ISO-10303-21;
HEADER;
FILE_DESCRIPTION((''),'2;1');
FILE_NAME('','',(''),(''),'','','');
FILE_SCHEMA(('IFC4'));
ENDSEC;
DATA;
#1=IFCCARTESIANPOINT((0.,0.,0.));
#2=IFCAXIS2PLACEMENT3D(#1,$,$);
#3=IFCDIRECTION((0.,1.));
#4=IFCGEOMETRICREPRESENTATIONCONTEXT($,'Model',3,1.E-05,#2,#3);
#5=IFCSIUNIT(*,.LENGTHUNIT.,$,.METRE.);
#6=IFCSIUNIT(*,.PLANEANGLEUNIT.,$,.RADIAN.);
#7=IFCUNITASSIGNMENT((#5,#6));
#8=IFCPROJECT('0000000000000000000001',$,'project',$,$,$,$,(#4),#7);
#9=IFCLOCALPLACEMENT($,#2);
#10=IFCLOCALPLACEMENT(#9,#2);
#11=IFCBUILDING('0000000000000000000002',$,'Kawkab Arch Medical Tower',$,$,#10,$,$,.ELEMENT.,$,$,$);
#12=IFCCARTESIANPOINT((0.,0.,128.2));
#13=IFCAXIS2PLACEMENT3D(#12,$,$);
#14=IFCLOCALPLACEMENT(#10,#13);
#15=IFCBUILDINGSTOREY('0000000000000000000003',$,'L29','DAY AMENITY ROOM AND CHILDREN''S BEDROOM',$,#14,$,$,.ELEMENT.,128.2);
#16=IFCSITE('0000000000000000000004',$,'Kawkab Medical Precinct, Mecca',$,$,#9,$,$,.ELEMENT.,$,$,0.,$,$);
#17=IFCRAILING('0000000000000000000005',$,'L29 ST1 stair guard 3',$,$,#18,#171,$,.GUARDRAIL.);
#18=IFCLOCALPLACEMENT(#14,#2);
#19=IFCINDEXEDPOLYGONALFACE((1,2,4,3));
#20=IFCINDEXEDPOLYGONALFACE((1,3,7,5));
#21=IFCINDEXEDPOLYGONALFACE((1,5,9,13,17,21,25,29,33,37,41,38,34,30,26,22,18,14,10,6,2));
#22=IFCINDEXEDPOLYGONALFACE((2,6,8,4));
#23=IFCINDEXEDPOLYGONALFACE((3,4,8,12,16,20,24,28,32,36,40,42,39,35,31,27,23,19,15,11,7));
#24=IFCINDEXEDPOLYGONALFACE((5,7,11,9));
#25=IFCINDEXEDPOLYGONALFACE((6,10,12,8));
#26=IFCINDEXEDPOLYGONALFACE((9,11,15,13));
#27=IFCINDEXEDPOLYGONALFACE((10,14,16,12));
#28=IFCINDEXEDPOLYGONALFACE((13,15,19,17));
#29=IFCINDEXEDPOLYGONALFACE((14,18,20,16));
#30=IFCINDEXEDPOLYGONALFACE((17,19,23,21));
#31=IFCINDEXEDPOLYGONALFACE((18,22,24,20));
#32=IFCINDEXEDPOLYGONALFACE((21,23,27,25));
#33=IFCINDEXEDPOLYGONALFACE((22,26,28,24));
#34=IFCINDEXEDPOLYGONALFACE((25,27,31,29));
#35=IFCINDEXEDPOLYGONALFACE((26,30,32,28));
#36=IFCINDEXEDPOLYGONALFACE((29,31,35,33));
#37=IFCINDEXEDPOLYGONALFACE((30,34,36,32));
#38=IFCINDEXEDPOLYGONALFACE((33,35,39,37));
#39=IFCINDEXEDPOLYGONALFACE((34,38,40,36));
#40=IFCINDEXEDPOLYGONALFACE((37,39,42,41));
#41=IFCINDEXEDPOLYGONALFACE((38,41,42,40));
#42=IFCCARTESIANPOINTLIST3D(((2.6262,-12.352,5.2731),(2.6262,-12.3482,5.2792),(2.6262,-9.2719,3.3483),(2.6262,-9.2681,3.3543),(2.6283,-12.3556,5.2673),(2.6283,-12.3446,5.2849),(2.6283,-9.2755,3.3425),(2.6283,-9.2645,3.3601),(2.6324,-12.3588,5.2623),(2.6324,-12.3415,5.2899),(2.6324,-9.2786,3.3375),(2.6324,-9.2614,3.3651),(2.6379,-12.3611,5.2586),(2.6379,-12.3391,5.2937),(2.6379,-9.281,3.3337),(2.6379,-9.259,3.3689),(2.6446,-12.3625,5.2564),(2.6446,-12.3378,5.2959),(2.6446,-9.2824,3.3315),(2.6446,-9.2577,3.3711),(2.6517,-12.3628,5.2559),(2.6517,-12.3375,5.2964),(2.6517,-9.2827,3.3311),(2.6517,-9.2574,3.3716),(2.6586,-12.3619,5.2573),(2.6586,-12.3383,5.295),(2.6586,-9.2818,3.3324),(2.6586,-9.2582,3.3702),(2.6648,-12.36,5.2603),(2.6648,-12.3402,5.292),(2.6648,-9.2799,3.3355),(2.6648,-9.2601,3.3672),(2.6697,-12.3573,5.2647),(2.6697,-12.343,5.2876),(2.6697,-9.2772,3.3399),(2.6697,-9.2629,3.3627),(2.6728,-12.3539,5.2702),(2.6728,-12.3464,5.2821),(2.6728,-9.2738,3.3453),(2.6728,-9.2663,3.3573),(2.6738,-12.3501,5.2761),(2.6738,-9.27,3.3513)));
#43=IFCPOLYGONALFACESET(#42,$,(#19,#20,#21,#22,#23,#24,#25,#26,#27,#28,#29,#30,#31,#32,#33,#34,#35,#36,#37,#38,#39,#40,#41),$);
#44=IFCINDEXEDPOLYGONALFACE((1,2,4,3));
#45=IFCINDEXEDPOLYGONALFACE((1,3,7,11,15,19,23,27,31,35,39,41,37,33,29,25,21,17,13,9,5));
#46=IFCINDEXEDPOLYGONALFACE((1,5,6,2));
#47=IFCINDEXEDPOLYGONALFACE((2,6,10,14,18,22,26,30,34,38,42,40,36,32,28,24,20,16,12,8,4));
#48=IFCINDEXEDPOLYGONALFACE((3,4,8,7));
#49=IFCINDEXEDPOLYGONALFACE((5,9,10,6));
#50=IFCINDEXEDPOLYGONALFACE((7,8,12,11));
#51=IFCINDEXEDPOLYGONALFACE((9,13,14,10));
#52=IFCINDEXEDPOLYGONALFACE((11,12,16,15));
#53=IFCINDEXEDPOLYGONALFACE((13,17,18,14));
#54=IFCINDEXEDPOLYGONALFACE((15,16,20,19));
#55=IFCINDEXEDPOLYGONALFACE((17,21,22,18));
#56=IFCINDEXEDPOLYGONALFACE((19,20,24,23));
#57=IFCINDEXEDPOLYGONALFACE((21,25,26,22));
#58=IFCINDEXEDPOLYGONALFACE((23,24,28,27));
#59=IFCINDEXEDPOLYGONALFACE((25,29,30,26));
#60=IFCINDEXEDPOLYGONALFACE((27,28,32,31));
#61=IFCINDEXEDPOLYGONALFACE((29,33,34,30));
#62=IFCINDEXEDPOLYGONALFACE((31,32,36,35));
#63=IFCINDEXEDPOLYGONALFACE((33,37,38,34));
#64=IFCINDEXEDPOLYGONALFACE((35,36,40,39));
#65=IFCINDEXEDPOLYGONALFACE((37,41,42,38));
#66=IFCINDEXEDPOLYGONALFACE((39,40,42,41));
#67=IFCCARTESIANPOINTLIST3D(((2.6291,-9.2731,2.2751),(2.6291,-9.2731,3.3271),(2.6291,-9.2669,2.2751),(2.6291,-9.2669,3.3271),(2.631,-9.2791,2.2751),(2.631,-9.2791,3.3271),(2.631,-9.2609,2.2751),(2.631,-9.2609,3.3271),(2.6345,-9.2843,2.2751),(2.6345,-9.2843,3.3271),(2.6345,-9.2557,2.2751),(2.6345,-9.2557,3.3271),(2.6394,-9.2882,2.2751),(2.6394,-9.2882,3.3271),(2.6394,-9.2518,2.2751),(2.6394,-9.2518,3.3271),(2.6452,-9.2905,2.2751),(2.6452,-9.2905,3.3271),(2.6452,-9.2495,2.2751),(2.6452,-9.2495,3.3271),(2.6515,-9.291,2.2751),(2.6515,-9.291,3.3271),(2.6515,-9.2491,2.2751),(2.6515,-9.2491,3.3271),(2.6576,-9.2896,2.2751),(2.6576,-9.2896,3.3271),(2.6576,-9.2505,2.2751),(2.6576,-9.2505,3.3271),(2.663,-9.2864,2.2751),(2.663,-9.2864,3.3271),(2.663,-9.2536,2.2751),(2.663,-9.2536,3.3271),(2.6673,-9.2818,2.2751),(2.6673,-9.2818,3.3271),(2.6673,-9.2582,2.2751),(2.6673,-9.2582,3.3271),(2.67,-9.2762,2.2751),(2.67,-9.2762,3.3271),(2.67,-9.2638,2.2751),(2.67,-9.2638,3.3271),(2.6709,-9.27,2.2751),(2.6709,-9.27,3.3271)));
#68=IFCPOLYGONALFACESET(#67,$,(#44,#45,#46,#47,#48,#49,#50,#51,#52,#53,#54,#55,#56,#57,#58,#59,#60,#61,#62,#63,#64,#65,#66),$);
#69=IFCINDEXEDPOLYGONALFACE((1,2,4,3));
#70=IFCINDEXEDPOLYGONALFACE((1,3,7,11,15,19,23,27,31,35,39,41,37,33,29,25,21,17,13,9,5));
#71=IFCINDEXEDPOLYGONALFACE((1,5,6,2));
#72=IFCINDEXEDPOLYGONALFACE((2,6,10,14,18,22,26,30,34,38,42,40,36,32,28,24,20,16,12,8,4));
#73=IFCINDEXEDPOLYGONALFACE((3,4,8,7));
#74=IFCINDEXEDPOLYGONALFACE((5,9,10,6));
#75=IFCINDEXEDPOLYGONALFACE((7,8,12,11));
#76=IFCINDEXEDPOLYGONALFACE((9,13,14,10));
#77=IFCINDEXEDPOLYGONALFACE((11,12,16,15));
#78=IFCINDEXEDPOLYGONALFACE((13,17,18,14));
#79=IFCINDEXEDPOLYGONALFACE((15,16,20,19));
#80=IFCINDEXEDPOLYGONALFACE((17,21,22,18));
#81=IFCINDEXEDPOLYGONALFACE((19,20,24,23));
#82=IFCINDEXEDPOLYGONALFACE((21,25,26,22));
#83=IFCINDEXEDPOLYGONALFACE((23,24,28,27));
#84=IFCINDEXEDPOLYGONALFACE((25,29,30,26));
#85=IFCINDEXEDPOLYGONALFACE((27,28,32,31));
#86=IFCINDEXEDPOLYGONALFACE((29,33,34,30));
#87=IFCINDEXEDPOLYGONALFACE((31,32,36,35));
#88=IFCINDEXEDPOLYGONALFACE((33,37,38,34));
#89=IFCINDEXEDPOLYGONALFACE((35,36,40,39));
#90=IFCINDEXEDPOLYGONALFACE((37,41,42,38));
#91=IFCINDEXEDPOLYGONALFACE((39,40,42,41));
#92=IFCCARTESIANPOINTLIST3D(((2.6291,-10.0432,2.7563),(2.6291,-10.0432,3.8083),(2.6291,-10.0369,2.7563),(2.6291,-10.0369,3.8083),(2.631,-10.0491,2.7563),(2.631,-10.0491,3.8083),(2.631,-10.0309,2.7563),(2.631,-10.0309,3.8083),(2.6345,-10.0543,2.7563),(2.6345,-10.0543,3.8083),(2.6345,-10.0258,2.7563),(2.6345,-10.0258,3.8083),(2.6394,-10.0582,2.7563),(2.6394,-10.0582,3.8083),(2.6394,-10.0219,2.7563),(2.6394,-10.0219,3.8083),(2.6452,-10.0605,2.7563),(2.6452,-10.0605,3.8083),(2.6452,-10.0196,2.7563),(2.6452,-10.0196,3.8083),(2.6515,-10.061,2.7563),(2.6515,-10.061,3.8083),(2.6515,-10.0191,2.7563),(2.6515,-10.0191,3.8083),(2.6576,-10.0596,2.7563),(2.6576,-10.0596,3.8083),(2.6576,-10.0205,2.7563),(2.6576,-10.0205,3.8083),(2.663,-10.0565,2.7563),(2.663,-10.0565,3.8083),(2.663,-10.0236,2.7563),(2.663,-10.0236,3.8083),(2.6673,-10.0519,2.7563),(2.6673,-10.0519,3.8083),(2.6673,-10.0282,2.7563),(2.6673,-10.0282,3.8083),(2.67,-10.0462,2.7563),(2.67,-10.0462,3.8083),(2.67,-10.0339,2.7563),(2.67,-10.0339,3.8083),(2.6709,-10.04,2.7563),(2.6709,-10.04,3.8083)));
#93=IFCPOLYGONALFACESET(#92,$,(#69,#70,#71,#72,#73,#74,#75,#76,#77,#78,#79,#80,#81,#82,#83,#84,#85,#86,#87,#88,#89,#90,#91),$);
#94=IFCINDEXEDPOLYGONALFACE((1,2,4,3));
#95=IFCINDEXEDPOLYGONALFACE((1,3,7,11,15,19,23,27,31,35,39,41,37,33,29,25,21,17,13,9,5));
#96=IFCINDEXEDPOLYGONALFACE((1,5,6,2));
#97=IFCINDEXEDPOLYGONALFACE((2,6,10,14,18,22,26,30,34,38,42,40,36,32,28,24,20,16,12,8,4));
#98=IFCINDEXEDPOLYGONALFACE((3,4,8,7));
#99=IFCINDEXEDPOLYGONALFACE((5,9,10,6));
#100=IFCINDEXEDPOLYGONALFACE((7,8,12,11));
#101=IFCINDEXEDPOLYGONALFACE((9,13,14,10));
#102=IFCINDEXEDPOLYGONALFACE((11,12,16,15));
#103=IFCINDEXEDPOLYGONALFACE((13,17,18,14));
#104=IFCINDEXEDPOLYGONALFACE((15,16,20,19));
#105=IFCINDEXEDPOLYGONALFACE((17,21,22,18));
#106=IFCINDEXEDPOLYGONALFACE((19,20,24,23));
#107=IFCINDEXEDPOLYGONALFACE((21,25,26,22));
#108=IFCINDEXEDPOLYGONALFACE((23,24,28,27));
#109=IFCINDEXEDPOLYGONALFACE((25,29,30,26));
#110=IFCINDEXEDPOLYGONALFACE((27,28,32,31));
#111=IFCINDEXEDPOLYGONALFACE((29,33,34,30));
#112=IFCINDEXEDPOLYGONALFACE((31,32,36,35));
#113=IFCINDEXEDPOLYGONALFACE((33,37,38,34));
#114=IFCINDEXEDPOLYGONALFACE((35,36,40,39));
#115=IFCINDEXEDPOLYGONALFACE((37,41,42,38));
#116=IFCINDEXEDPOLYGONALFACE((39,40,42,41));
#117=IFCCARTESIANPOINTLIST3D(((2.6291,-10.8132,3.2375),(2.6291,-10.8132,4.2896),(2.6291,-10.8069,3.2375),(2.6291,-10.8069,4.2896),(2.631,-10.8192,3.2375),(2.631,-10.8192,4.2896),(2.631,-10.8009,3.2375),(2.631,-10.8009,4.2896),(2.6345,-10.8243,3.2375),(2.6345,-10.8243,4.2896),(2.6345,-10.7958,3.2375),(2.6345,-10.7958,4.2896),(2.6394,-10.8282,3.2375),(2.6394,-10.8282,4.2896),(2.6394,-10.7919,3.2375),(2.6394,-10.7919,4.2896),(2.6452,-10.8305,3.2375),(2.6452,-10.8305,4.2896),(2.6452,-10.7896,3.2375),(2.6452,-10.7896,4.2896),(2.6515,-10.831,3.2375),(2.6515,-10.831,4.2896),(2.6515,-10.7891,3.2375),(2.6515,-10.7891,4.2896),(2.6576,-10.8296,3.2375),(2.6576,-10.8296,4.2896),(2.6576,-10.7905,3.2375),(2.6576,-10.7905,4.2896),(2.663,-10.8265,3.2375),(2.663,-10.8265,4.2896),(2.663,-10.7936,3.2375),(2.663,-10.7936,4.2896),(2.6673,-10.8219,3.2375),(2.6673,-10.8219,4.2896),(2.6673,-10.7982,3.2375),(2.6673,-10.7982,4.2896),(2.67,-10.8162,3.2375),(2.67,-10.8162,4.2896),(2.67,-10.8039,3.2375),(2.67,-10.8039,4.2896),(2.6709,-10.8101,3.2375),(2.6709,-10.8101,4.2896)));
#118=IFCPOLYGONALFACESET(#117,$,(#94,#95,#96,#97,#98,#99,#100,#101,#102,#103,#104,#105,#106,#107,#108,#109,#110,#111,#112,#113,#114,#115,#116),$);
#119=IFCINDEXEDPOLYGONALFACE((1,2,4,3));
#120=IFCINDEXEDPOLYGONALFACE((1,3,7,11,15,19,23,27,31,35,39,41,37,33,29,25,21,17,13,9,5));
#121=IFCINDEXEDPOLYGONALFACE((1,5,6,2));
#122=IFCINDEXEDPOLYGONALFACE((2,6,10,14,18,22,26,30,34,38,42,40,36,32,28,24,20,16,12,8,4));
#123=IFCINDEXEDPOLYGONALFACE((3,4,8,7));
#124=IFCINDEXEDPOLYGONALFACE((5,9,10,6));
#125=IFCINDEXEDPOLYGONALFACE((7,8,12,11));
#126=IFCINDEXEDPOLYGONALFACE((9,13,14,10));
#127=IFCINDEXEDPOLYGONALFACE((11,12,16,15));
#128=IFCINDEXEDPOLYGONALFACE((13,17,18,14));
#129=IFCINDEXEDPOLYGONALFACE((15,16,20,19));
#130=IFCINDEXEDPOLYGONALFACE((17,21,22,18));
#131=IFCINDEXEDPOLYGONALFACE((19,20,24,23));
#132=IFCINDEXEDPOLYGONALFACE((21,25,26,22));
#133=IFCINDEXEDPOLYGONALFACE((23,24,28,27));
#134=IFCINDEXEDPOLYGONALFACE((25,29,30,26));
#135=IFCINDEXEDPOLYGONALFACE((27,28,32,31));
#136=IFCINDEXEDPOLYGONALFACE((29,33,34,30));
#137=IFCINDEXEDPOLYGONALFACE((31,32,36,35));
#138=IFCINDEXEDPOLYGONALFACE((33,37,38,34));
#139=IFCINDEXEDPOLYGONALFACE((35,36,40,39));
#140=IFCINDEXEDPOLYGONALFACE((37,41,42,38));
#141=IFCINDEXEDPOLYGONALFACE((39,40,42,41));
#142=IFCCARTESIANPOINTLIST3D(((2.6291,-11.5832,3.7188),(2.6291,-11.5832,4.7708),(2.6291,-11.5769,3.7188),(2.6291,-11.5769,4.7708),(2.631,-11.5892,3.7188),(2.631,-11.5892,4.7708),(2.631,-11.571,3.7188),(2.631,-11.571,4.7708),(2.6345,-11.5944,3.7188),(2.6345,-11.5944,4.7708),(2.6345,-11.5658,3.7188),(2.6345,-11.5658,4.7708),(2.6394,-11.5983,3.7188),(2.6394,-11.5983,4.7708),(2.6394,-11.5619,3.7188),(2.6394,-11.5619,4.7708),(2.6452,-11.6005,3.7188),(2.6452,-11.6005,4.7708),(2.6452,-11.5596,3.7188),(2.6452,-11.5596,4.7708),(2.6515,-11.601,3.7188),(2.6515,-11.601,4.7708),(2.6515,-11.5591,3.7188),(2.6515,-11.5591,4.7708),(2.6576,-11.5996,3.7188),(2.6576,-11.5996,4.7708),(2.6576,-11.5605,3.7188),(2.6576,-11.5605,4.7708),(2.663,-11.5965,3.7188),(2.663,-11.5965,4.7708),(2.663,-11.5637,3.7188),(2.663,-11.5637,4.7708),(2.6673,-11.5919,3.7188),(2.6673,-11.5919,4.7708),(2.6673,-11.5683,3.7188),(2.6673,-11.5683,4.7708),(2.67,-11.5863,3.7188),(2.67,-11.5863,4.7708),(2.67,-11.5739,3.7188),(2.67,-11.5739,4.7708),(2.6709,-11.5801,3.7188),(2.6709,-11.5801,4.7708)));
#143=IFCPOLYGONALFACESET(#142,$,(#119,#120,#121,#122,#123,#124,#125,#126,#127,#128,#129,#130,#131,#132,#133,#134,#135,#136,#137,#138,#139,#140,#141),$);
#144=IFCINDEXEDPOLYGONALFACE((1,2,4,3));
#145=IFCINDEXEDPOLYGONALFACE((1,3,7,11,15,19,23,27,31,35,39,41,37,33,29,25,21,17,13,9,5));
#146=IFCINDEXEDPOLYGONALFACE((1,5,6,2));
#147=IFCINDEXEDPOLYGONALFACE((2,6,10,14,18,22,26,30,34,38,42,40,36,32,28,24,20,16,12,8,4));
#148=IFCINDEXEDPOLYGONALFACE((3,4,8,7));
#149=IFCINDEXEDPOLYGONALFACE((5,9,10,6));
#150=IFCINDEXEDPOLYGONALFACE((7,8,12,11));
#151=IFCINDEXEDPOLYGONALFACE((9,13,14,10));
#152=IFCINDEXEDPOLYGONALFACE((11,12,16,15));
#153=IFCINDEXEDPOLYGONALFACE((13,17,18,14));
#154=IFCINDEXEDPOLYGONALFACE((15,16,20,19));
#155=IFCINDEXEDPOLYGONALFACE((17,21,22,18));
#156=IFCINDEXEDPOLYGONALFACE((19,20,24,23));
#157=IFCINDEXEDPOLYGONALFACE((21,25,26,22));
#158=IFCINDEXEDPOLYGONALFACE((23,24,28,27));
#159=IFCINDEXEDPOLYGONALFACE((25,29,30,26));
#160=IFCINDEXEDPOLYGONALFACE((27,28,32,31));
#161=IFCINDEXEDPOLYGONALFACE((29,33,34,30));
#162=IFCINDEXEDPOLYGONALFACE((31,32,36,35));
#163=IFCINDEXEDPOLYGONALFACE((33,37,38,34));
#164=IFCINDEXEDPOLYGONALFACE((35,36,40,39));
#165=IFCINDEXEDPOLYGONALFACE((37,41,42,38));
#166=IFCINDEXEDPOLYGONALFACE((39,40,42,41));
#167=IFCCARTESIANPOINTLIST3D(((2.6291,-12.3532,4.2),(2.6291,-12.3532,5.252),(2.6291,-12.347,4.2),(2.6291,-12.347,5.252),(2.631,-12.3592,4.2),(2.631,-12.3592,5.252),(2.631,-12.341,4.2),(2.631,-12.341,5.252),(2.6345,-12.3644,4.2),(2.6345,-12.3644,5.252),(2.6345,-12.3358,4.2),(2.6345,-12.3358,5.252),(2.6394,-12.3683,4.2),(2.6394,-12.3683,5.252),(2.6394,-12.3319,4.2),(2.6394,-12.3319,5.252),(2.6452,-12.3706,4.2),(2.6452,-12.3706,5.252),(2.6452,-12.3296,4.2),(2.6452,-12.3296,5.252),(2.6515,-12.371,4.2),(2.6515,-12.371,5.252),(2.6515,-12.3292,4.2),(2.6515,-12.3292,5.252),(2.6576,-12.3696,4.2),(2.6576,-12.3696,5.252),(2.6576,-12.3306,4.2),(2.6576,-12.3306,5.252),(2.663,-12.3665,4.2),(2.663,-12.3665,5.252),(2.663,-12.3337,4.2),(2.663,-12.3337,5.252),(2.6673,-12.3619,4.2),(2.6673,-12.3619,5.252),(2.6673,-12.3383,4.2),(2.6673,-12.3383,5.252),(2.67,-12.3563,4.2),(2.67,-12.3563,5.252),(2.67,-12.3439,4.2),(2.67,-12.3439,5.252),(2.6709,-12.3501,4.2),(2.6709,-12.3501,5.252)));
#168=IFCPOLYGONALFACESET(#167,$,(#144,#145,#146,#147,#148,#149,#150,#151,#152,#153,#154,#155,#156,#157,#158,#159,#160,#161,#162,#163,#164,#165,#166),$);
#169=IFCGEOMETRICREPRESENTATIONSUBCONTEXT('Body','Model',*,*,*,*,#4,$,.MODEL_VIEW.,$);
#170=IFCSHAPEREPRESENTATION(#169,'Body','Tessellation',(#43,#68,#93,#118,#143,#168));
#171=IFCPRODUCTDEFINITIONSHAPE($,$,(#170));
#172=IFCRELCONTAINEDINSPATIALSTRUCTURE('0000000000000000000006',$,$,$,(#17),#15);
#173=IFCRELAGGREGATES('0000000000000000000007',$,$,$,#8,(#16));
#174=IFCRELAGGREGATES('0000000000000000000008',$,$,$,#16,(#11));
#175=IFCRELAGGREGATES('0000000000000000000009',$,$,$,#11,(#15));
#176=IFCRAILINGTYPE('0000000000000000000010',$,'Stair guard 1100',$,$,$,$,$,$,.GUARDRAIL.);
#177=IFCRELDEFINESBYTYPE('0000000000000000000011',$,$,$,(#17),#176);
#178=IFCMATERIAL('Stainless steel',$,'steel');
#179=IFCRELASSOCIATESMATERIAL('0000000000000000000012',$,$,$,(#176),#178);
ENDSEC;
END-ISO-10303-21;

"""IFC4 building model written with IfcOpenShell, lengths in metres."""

from ifc_helpers import new_model, si_unit, direction, frame, origin, origin_2d, place, context, subcontext, project, spatial, circle, extrude, material, type_object, element, save


model = new_model("IFC4")

# Units and contexts
model_context = context("Model", 3, precision=1e-05, world=origin(), true_north=direction((0.0, 1.0)))
body_context = subcontext(model_context, "Body", "Model", "MODEL_VIEW")
ifc_project = project(units=[si_unit("LENGTHUNIT", "METRE"), si_unit("PLANEANGLEUNIT", "RADIAN")], contexts=[model_context])

# Site, building, storey
site_placement = place(None, origin())
site = spatial("IfcSite", under=ifc_project, at=site_placement, Name="Kawkab Medical Precinct, Mecca", CompositionType="ELEMENT", RefElevation=0.0)
building_placement = place(site_placement, origin())
building = spatial("IfcBuilding", under=site, at=building_placement, Name="Kawkab Arch Medical Tower", CompositionType="ELEMENT")
storey_placement = place(building_placement, frame((0.0, 0.0, 128.2)))
storey = spatial("IfcBuildingStorey", under=building, at=storey_placement, Name="L29", Description="DAY AMENITY ROOM AND CHILDREN'S BEDROOM", CompositionType="ELEMENT", Elevation=128.2)

# Railing
ifc_material_1 = material(Name="Stainless steel", Category="steel")
railing_type_1 = type_object("IfcRailingType", Name="Stair guard 1100", PredefinedType="GUARDRAIL", material=ifc_material_1)
railing_1_placement = place(storey_placement, frame((2.6499, -9.27, 2.2751)))
element("IfcRailing", 1, at=railing_1_placement, inside=storey, type_object=railing_type_1, Name="L29 ST1 stair guard 3", PredefinedType="GUARDRAIL", context=body_context, shape_type="SweptSolid", body=[
    extrude(circle(Radius=0.0239, at=origin_2d()), frame((0.0, 0.0, 1.0762), z_axis=(0.0, -0.848029, 0.529951), x_axis=(1.0, 0.0, 0.0)), (0.0, 0.0, 1.0), 3.6321),
    extrude(circle(Radius=0.021, at=origin_2d()), origin(), (0.0, 0.0, 1.0), 1.052),
    extrude(circle(Radius=0.021, at=origin_2d()), frame((0.0, -0.77, 0.4812)), (0.0, 0.0, 1.0), 1.052),
    extrude(circle(Radius=0.021, at=origin_2d()), frame((0.0, -1.54, 0.9624)), (0.0, 0.0, 1.0), 1.052),
    extrude(circle(Radius=0.021, at=origin_2d()), frame((0.0, -2.3101, 1.4436)), (0.0, 0.0, 1.0), 1.052),
    extrude(circle(Radius=0.021, at=origin_2d()), frame((0.0, -3.0801, 1.9248)), (0.0, 0.0, 1.0), 1.052),
])

save(model, "model.ifc")
